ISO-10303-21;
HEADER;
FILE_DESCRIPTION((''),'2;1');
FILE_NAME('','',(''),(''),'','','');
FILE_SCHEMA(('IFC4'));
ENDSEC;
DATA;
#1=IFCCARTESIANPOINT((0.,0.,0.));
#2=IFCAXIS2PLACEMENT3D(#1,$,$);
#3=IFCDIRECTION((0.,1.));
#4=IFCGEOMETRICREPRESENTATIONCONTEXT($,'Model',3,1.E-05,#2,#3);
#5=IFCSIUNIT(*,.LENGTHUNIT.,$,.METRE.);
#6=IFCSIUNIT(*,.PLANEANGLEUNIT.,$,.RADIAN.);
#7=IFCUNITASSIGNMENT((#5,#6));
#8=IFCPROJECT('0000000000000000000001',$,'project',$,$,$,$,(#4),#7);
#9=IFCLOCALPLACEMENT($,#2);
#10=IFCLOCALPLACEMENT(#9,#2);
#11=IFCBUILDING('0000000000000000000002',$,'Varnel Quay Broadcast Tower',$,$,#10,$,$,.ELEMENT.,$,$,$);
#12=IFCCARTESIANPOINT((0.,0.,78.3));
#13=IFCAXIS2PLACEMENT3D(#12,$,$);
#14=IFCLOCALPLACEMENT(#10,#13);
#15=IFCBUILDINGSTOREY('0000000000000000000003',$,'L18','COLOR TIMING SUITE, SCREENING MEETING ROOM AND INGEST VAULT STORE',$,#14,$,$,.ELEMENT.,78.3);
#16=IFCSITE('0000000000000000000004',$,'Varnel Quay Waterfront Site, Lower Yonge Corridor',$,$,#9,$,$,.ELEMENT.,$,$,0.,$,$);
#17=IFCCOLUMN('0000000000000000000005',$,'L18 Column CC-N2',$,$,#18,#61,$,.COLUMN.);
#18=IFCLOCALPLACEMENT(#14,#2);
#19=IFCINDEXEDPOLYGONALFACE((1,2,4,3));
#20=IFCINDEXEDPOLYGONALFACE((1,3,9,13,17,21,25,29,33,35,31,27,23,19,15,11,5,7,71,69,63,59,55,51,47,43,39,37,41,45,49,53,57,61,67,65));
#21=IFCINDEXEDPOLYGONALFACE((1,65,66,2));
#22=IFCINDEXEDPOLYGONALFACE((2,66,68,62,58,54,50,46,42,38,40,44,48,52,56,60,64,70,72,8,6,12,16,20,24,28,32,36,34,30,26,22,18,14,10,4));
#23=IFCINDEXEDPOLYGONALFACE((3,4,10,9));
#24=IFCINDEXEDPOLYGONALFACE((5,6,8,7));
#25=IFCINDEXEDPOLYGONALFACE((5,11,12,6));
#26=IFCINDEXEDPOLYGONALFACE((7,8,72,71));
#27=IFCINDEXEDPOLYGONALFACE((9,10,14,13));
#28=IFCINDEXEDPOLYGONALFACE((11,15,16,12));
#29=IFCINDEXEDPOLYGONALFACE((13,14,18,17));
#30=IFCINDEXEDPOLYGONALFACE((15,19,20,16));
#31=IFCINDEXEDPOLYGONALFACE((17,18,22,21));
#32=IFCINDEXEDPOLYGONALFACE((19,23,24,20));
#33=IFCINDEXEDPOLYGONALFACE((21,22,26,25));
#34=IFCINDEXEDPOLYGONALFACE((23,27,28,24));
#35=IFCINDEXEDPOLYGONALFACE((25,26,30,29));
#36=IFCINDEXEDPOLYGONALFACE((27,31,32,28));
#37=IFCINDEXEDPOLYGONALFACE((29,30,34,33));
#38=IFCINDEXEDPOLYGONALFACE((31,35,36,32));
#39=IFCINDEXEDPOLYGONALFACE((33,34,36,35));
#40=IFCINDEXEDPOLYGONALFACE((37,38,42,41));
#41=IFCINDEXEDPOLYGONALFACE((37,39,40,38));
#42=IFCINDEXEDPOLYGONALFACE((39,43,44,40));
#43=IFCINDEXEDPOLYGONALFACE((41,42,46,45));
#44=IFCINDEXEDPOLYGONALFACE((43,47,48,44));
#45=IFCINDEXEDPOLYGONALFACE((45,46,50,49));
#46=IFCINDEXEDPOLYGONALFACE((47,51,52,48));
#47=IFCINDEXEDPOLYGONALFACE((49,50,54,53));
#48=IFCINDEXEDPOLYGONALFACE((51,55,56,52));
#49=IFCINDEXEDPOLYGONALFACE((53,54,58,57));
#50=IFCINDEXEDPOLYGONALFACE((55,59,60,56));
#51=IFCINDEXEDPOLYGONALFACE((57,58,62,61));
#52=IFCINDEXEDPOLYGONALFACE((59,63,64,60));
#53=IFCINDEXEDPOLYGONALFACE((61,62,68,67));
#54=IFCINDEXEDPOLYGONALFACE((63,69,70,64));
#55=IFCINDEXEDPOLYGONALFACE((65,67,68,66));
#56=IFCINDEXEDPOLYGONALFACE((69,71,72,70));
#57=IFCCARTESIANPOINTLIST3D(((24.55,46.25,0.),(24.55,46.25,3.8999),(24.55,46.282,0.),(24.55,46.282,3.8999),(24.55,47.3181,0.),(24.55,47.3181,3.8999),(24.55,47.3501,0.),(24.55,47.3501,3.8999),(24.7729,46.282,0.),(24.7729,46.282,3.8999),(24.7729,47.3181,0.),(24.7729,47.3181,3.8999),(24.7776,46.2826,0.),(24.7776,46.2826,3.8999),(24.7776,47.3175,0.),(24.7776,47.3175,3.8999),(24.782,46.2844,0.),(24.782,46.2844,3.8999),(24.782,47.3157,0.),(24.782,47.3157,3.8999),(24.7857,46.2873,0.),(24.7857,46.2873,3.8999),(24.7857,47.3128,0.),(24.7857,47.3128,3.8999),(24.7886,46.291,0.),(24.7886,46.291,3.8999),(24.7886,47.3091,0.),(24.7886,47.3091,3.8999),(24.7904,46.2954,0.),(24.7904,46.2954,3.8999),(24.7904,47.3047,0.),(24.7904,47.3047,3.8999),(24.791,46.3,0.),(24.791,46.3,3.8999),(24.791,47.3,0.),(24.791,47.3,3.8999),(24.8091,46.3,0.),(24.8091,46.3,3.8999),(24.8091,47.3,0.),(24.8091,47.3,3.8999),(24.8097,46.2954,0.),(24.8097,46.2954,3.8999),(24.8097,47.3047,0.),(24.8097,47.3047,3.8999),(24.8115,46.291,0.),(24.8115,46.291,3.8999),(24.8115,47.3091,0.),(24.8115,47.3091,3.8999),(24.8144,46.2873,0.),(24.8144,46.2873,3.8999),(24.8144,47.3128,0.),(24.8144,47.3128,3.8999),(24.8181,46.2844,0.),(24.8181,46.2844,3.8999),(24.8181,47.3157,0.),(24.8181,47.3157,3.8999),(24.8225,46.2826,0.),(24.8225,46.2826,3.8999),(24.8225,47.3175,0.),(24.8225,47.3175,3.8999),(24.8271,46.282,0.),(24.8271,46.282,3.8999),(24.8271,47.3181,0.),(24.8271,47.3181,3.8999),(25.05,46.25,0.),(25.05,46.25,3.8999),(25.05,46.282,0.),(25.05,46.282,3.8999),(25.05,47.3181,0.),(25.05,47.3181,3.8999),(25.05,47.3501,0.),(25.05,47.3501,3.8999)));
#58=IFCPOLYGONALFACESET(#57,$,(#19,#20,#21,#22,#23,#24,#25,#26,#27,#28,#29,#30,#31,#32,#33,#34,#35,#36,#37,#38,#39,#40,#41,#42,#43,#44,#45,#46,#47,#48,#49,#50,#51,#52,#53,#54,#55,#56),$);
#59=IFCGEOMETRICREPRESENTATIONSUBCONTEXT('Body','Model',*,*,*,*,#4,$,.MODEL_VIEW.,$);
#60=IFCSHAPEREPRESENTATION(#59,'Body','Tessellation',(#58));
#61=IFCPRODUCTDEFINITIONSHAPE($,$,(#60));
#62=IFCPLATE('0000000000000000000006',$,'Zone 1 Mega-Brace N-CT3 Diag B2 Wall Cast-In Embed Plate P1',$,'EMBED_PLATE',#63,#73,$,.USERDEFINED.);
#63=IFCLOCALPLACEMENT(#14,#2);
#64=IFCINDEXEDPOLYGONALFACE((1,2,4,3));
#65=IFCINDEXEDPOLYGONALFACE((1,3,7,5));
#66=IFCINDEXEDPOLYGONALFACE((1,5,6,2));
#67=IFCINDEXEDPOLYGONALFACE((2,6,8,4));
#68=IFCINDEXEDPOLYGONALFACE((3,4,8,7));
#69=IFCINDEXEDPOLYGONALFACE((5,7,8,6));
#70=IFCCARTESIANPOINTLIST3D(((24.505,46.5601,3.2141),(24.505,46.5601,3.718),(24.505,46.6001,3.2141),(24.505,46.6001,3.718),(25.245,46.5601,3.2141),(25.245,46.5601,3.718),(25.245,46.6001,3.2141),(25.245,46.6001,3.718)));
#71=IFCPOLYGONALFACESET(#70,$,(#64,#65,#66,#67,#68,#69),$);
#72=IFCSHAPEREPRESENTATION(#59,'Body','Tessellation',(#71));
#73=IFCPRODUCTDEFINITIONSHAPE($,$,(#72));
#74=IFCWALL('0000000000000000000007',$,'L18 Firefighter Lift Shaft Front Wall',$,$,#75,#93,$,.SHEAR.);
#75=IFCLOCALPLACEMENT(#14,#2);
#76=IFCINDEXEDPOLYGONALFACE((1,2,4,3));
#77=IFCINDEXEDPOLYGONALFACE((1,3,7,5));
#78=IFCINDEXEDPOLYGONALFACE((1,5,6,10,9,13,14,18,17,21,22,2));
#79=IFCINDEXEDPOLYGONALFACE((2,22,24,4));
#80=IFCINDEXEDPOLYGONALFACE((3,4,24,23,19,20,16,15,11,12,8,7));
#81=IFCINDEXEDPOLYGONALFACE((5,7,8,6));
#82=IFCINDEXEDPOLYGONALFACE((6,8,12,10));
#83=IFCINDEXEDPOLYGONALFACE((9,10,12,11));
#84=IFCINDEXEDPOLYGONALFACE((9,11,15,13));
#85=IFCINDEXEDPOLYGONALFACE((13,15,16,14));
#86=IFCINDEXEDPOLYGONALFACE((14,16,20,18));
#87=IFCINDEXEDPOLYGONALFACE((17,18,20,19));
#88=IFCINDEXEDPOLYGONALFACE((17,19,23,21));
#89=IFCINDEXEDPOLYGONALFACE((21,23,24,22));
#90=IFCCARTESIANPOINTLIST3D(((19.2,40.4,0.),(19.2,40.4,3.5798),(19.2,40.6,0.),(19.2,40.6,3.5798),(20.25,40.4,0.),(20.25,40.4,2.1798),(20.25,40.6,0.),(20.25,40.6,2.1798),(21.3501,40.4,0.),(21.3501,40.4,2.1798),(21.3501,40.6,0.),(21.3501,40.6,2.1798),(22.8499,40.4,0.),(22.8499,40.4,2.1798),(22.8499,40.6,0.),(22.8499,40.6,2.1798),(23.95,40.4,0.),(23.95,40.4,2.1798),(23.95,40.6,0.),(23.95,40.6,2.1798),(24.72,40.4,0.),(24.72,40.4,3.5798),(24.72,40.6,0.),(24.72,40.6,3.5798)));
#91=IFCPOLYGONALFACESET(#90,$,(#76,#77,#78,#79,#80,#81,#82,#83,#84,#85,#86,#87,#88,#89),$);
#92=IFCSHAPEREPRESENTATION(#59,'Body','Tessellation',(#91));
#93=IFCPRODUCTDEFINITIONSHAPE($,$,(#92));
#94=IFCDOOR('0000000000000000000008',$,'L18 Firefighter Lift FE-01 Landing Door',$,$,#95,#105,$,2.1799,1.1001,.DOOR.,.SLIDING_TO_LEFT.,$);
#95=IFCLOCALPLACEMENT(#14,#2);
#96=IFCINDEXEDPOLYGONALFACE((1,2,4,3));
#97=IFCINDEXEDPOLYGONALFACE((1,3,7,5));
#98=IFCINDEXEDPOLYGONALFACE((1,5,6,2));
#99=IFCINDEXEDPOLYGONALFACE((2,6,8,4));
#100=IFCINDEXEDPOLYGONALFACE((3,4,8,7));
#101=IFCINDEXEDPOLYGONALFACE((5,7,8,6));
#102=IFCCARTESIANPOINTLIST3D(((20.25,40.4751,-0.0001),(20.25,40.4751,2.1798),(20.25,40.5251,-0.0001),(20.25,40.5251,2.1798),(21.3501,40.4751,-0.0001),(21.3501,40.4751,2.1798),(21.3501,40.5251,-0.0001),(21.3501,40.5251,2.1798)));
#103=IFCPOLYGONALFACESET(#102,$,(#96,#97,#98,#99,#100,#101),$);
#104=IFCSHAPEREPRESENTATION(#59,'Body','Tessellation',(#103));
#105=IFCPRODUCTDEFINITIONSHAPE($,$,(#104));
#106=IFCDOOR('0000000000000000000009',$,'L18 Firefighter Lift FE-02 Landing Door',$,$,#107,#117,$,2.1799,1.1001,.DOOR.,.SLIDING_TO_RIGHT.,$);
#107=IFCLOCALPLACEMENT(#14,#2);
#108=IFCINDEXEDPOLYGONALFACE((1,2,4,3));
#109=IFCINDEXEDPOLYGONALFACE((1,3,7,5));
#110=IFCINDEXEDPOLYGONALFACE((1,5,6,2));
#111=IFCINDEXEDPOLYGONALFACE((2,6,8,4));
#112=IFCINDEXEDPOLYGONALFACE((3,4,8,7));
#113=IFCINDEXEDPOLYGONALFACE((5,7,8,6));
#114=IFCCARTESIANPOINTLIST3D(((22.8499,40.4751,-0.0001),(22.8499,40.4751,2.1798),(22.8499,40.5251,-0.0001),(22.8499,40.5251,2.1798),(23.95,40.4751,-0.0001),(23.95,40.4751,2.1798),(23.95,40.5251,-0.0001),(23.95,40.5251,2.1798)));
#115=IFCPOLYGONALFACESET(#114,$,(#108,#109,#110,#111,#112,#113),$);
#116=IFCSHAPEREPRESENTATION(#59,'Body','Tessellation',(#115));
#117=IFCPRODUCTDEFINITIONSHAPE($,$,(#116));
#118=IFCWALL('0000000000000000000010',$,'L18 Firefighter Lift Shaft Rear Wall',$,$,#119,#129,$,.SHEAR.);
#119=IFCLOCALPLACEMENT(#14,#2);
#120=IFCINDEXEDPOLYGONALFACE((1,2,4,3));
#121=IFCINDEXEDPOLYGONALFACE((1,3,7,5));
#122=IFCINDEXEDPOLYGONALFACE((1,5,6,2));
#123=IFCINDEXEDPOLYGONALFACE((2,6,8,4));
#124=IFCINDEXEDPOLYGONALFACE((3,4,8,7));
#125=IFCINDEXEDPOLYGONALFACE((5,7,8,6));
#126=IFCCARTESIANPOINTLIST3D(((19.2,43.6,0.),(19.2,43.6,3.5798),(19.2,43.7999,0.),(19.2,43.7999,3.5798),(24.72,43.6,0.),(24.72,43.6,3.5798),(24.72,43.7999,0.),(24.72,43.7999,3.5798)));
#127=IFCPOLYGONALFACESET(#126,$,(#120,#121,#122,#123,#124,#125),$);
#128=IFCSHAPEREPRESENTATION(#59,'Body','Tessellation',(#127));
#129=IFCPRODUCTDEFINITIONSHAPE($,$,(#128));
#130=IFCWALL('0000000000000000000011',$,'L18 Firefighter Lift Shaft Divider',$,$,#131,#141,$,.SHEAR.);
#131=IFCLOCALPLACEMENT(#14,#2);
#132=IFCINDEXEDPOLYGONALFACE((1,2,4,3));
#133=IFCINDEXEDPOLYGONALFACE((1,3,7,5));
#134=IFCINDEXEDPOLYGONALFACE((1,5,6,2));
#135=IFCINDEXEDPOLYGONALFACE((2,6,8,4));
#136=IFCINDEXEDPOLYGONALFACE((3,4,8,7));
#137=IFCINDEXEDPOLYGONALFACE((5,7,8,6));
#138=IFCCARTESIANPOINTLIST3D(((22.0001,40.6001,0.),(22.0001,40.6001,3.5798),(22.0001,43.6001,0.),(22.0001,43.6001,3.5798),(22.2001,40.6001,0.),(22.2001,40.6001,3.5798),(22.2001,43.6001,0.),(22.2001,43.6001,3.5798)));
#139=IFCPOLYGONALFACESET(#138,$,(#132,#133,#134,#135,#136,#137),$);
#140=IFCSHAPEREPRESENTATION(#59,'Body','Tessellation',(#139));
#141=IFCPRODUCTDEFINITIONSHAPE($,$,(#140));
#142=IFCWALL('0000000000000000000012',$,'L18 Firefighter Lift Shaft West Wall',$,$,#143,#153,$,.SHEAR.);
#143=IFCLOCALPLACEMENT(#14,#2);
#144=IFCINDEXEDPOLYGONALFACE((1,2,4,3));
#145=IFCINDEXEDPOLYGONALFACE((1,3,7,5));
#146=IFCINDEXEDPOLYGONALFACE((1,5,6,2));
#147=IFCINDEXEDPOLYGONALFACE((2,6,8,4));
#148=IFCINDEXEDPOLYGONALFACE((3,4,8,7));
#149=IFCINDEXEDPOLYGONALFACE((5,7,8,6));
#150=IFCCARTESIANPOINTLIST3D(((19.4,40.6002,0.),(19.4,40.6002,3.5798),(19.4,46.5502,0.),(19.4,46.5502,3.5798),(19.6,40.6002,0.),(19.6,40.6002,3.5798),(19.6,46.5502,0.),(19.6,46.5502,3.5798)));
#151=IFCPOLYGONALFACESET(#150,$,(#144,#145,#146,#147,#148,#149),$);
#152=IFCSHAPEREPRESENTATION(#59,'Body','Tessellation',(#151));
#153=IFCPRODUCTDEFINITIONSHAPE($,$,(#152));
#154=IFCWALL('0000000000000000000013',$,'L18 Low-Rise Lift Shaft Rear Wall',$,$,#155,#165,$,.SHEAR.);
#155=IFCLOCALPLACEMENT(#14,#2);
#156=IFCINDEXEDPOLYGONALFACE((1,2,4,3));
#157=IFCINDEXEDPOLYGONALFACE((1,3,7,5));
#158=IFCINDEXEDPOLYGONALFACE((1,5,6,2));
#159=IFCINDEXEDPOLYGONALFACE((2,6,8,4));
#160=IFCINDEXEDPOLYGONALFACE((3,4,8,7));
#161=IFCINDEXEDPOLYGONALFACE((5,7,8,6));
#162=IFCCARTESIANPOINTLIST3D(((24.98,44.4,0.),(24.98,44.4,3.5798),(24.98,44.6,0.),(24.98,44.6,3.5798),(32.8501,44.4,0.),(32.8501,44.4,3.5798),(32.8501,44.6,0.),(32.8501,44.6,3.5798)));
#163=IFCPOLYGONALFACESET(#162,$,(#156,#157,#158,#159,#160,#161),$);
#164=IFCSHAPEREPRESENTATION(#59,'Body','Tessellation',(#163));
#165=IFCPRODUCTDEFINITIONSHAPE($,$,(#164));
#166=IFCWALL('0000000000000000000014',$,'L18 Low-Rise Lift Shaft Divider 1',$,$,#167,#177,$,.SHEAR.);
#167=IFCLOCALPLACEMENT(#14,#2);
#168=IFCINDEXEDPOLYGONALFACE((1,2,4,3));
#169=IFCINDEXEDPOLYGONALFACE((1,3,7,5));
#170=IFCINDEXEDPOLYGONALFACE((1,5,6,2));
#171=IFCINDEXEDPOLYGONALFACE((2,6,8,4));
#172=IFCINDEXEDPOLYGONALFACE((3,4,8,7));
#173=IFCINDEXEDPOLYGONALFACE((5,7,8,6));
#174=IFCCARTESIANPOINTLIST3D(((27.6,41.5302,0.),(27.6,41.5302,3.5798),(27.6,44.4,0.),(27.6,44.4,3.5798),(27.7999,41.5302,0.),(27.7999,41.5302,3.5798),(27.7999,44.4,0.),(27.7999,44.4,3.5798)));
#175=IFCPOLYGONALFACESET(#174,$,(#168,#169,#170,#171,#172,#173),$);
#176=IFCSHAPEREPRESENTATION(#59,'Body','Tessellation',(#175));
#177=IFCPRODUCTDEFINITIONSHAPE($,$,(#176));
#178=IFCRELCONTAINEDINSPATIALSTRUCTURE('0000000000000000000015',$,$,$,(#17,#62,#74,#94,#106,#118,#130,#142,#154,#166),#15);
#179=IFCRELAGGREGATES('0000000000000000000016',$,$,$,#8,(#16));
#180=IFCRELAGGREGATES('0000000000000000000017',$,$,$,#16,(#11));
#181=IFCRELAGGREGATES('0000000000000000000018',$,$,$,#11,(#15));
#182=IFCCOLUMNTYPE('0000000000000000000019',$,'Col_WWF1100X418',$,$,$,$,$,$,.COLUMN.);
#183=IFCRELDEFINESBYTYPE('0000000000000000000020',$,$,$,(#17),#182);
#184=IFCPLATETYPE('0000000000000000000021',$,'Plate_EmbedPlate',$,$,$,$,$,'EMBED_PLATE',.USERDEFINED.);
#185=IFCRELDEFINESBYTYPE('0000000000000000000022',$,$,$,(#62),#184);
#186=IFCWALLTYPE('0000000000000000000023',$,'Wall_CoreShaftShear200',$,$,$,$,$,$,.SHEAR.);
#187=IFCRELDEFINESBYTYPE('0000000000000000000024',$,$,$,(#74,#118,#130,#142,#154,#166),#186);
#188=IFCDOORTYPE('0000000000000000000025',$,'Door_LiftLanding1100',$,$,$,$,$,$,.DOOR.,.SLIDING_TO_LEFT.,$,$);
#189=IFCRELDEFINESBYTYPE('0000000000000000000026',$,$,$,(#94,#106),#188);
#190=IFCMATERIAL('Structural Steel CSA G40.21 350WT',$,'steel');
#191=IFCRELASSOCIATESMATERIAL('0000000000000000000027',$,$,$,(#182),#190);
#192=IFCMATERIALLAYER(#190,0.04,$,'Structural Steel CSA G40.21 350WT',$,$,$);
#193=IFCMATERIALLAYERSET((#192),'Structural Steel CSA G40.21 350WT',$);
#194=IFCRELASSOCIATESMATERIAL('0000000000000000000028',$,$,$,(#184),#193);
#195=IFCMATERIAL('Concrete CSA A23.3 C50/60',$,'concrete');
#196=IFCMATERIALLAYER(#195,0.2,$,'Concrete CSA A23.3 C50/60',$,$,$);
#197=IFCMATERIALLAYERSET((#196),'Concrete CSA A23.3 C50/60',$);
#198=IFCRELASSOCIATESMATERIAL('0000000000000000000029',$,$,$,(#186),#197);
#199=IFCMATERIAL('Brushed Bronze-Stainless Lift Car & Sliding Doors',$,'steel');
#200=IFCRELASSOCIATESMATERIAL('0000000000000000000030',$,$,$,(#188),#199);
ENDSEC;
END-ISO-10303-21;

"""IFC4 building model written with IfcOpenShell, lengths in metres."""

from ifc_helpers import new_model, si_unit, direction, frame, frame_2d, origin, origin_2d, place, context, subcontext, project, spatial, rectangle, i_section, extrude, source, transform, mapped, material, layer, layer_set, material_profile, profile_set, type_object, type_shapes, element, fill, save


model = new_model("IFC4")

# Units and contexts
model_context = context("Model", 3, precision=1e-05, world=origin(), true_north=direction((0.0, 1.0)))
body_context = subcontext(model_context, "Body", "Model", "MODEL_VIEW")
ifc_project = project(units=[si_unit("LENGTHUNIT", "METRE"), si_unit("PLANEANGLEUNIT", "RADIAN")], contexts=[model_context])

# Site, building, storey
site_placement = place(None, origin())
site = spatial("IfcSite", under=ifc_project, at=site_placement, Name="Varnel Quay Waterfront Site, Lower Yonge Corridor", CompositionType="ELEMENT", RefElevation=0.0)
building_placement = place(site_placement, origin())
building = spatial("IfcBuilding", under=site, at=building_placement, Name="Varnel Quay Broadcast Tower", CompositionType="ELEMENT")
storey_placement = place(building_placement, frame((0.0, 0.0, 78.3)))
storey = spatial("IfcBuildingStorey", under=building, at=storey_placement, Name="L18", Description="COLOR TIMING SUITE, SCREENING MEETING ROOM AND INGEST VAULT STORE", CompositionType="ELEMENT", Elevation=78.3)

# Column
ifc_material_1 = material(Name="Structural Steel CSA G40.21 350WT", Category="steel")
ifc_material_profile = material_profile(ifc_material_1, i_section(OverallWidth=0.5, OverallDepth=1.1001, WebThickness=0.0181, FlangeThickness=0.032, FilletRadius=0.0181, at=origin_2d()), Name="WWF1100X418")
ifc_profile_set = profile_set([ifc_material_profile], Name="Structural Steel CSA G40.21 350WT")
column_type = type_object("IfcColumnType", Name="Col_WWF1100X418", PredefinedType="COLUMN", material=ifc_profile_set)
shared_shape_1 = source(origin(), body_context, "Body", "SweptSolid", [
    extrude(i_section(OverallWidth=0.5, OverallDepth=1.1001, WebThickness=0.0181, FlangeThickness=0.032, FilletRadius=0.0181, at=origin_2d()), origin(), (0.0, 0.0, 1.0), 3.8999),
])
type_shapes(column_type, [shared_shape_1])
column_placement = place(storey_placement, frame((24.8, 46.8, 0.0), z_axis=(0.0, 0.0, 1.0), x_axis=(1.0, 0.0, 0.0)))
element("IfcColumn", 1, at=column_placement, inside=storey, type_object=column_type, Name="L18 Column CC-N2", PredefinedType="COLUMN", context=body_context, shape_type="MappedRepresentation", body=[
    mapped(shared_shape_1, transform((0.0, 0.0, 0.0), x_axis=(1.0, 0.0, 0.0), y_axis=(0.0, 1.0, 0.0), z_axis=(0.0, 0.0, 1.0), scale=1.0)),
])

# Plate
ifc_layer_1 = layer(ifc_material_1, 0.04, Name="Structural Steel CSA G40.21 350WT")
ifc_layer_set_1 = layer_set([ifc_layer_1], Name="Structural Steel CSA G40.21 350WT")
plate_type = type_object("IfcPlateType", Name="Plate_EmbedPlate", ElementType="EMBED_PLATE", PredefinedType="USERDEFINED", material=ifc_layer_set_1)
shared_shape_2 = source(origin(), body_context, "Body", "SweptSolid", [
    extrude(rectangle(XDim=0.74, YDim=0.04, at=origin_2d()), origin(), (0.0, 0.0, 1.0), 0.5039),
])
type_shapes(plate_type, [shared_shape_2])
plate_placement = place(storey_placement, frame((24.875, 46.5801, 3.2141), z_axis=(0.0, 0.0, 1.0), x_axis=(1.0, 0.0, 0.0)))
element("IfcPlate", 2, at=plate_placement, inside=storey, type_object=plate_type, Name="Zone 1 Mega-Brace N-CT3 Diag B2 Wall Cast-In Embed Plate P1", ObjectType="EMBED_PLATE", PredefinedType="USERDEFINED", context=body_context, shape_type="MappedRepresentation", body=[
    mapped(shared_shape_2, transform((0.0, 0.0, 0.0), x_axis=(1.0, 0.0, 0.0), y_axis=(0.0, 1.0, 0.0), z_axis=(0.0, 0.0, 1.0), scale=1.0)),
])

# Wall, openings, doors
ifc_material_2 = material(Name="Concrete CSA A23.3 C50/60", Category="concrete")
ifc_layer_2 = layer(ifc_material_2, 0.2, Name="Concrete CSA A23.3 C50/60")
ifc_layer_set_2 = layer_set([ifc_layer_2], Name="Concrete CSA A23.3 C50/60")
wall_type_1 = type_object("IfcWallType", Name="Wall_CoreShaftShear200", PredefinedType="SHEAR", material=ifc_layer_set_2)
wall_1_placement = place(storey_placement, frame((19.2, 40.5, 0.0), z_axis=(0.0, 0.0, 1.0), x_axis=(1.0, 0.0, 0.0)))
wall_1 = element("IfcWall", 3, at=wall_1_placement, inside=storey, type_object=wall_type_1, Name="L18 Firefighter Lift Shaft Front Wall", PredefinedType="SHEAR", context=body_context, shape_type="SweptSolid", body=[
    extrude(rectangle(XDim=5.52, YDim=0.2, at=frame_2d((2.76, 0.0))), origin(), (0.0, 0.0, 1.0), 3.5798),
])
opening_1_placement = place(wall_1_placement, frame((1.05, 0.0, 0.0)))
opening_1 = element("IfcOpeningElement", 4, at=opening_1_placement, cuts=wall_1, PredefinedType="OPENING", context=body_context, shape_type="SweptSolid", body=[
    extrude(rectangle(XDim=1.1001, YDim=2.1799, at=frame_2d((0.55, 1.0898))), frame((0.0, 0.1099, 0.0), z_axis=(0.0, -1.0, 0.0), x_axis=(1.0, 0.0, 0.0)), (0.0, 0.0, 1.0), 0.22),
])
opening_2_placement = place(wall_1_placement, frame((3.6499, 0.0, 0.0)))
opening_2 = element("IfcOpeningElement", 5, at=opening_2_placement, cuts=wall_1, PredefinedType="OPENING", context=body_context, shape_type="SweptSolid", body=[
    extrude(rectangle(XDim=1.1001, YDim=2.1799, at=frame_2d((0.55, 1.0898))), frame((0.0, 0.1099, 0.0), z_axis=(0.0, -1.0, 0.0), x_axis=(1.0, 0.0, 0.0)), (0.0, 0.0, 1.0), 0.22),
])
ifc_material_3 = material(Name="Brushed Bronze-Stainless Lift Car & Sliding Doors", Category="steel")
door_type_1 = type_object("IfcDoorType", Name="Door_LiftLanding1100", OperationType="SLIDING_TO_LEFT", PredefinedType="DOOR", material=ifc_material_3)
shared_shape_3 = source(origin(), body_context, "Body", "SweptSolid", [
    extrude(rectangle(XDim=1.1001, YDim=2.1799, at=frame_2d((0.55, 1.0898))), frame((0.0, 0.0249, 0.0), z_axis=(0.0, -1.0, 0.0), x_axis=(1.0, 0.0, 0.0)), (0.0, 0.0, 1.0), 0.05),
])
type_shapes(door_type_1, [shared_shape_3])
door_1_placement = place(opening_1_placement, frame((1.1001, 0.0, 0.0), z_axis=(0.0, 0.0, 1.0), x_axis=(-1.0, 0.0, 0.0)))
door_1 = element("IfcDoor", 6, at=door_1_placement, inside=storey, type_object=door_type_1, Name="L18 Firefighter Lift FE-01 Landing Door", OperationType="SLIDING_TO_LEFT", OverallHeight=2.1799, OverallWidth=1.1001, PredefinedType="DOOR", context=body_context, shape_type="MappedRepresentation", body=[
    mapped(shared_shape_3, transform((0.0, 0.0, 0.0), x_axis=(1.0, 0.0, 0.0), y_axis=(0.0, 1.0, 0.0), z_axis=(0.0, 0.0, 1.0), scale=1.0)),
])
fill(opening_1, door_1)
door_2_placement = place(opening_2_placement, frame((1.1001, 0.0, 0.0), z_axis=(0.0, 0.0, 1.0), x_axis=(-1.0, 0.0, 0.0)))
door_2 = element("IfcDoor", 7, at=door_2_placement, inside=storey, type_object=door_type_1, Name="L18 Firefighter Lift FE-02 Landing Door", OperationType="SLIDING_TO_RIGHT", OverallHeight=2.1799, OverallWidth=1.1001, PredefinedType="DOOR", context=body_context, shape_type="MappedRepresentation", body=[
    mapped(shared_shape_3, transform((0.0, 0.0, 0.0), x_axis=(1.0, 0.0, 0.0), y_axis=(0.0, 1.0, 0.0), z_axis=(0.0, 0.0, 1.0), scale=1.0)),
])
fill(opening_2, door_2)

# Walls
wall_2_placement = place(storey_placement, frame((19.2, 43.7, 0.0), z_axis=(0.0, 0.0, 1.0), x_axis=(1.0, 0.0, 0.0)))
element("IfcWall", 8, at=wall_2_placement, inside=storey, type_object=wall_type_1, Name="L18 Firefighter Lift Shaft Rear Wall", PredefinedType="SHEAR", context=body_context, shape_type="SweptSolid", body=[
    extrude(rectangle(XDim=5.52, YDim=0.2, at=frame_2d((2.76, 0.0))), origin(), (0.0, 0.0, 1.0), 3.5798),
])
wall_3_placement = place(storey_placement, frame((22.1001, 40.6001, 0.0), z_axis=(0.0, 0.0, 1.0), x_axis=(0.0, 1.0, 0.0)))
element("IfcWall", 9, at=wall_3_placement, inside=storey, type_object=wall_type_1, Name="L18 Firefighter Lift Shaft Divider", PredefinedType="SHEAR", context=body_context, shape_type="SweptSolid", body=[
    extrude(rectangle(XDim=3.0, YDim=0.2, at=frame_2d((1.5, 0.0))), origin(), (0.0, 0.0, 1.0), 3.5798),
])
wall_4_placement = place(storey_placement, frame((19.5, 40.6001, 0.0), z_axis=(0.0, 0.0, 1.0), x_axis=(0.0, 1.0, 0.0)))
element("IfcWall", 10, at=wall_4_placement, inside=storey, type_object=wall_type_1, Name="L18 Firefighter Lift Shaft West Wall", PredefinedType="SHEAR", context=body_context, shape_type="SweptSolid", body=[
    extrude(rectangle(XDim=5.95, YDim=0.2, at=frame_2d((2.9751, 0.0))), origin(), (0.0, 0.0, 1.0), 3.5798),
])
wall_5_placement = place(storey_placement, frame((24.98, 44.5, 0.0), z_axis=(0.0, 0.0, 1.0), x_axis=(1.0, 0.0, 0.0)))
element("IfcWall", 11, at=wall_5_placement, inside=storey, type_object=wall_type_1, Name="L18 Low-Rise Lift Shaft Rear Wall", PredefinedType="SHEAR", context=body_context, shape_type="SweptSolid", body=[
    extrude(rectangle(XDim=7.8701, YDim=0.2, at=frame_2d((3.9351, 0.0))), origin(), (0.0, 0.0, 1.0), 3.5798),
])
wall_6_placement = place(storey_placement, frame((27.7, 41.53, 0.0), z_axis=(0.0, 0.0, 1.0), x_axis=(0.0, 1.0, 0.0)))
element("IfcWall", 12, at=wall_6_placement, inside=storey, type_object=wall_type_1, Name="L18 Low-Rise Lift Shaft Divider 1", PredefinedType="SHEAR", context=body_context, shape_type="SweptSolid", body=[
    extrude(rectangle(XDim=2.8699, YDim=0.2, at=frame_2d((1.4351, 0.0))), origin(), (0.0, 0.0, 1.0), 3.5798),
])

save(model, "model.ifc")
